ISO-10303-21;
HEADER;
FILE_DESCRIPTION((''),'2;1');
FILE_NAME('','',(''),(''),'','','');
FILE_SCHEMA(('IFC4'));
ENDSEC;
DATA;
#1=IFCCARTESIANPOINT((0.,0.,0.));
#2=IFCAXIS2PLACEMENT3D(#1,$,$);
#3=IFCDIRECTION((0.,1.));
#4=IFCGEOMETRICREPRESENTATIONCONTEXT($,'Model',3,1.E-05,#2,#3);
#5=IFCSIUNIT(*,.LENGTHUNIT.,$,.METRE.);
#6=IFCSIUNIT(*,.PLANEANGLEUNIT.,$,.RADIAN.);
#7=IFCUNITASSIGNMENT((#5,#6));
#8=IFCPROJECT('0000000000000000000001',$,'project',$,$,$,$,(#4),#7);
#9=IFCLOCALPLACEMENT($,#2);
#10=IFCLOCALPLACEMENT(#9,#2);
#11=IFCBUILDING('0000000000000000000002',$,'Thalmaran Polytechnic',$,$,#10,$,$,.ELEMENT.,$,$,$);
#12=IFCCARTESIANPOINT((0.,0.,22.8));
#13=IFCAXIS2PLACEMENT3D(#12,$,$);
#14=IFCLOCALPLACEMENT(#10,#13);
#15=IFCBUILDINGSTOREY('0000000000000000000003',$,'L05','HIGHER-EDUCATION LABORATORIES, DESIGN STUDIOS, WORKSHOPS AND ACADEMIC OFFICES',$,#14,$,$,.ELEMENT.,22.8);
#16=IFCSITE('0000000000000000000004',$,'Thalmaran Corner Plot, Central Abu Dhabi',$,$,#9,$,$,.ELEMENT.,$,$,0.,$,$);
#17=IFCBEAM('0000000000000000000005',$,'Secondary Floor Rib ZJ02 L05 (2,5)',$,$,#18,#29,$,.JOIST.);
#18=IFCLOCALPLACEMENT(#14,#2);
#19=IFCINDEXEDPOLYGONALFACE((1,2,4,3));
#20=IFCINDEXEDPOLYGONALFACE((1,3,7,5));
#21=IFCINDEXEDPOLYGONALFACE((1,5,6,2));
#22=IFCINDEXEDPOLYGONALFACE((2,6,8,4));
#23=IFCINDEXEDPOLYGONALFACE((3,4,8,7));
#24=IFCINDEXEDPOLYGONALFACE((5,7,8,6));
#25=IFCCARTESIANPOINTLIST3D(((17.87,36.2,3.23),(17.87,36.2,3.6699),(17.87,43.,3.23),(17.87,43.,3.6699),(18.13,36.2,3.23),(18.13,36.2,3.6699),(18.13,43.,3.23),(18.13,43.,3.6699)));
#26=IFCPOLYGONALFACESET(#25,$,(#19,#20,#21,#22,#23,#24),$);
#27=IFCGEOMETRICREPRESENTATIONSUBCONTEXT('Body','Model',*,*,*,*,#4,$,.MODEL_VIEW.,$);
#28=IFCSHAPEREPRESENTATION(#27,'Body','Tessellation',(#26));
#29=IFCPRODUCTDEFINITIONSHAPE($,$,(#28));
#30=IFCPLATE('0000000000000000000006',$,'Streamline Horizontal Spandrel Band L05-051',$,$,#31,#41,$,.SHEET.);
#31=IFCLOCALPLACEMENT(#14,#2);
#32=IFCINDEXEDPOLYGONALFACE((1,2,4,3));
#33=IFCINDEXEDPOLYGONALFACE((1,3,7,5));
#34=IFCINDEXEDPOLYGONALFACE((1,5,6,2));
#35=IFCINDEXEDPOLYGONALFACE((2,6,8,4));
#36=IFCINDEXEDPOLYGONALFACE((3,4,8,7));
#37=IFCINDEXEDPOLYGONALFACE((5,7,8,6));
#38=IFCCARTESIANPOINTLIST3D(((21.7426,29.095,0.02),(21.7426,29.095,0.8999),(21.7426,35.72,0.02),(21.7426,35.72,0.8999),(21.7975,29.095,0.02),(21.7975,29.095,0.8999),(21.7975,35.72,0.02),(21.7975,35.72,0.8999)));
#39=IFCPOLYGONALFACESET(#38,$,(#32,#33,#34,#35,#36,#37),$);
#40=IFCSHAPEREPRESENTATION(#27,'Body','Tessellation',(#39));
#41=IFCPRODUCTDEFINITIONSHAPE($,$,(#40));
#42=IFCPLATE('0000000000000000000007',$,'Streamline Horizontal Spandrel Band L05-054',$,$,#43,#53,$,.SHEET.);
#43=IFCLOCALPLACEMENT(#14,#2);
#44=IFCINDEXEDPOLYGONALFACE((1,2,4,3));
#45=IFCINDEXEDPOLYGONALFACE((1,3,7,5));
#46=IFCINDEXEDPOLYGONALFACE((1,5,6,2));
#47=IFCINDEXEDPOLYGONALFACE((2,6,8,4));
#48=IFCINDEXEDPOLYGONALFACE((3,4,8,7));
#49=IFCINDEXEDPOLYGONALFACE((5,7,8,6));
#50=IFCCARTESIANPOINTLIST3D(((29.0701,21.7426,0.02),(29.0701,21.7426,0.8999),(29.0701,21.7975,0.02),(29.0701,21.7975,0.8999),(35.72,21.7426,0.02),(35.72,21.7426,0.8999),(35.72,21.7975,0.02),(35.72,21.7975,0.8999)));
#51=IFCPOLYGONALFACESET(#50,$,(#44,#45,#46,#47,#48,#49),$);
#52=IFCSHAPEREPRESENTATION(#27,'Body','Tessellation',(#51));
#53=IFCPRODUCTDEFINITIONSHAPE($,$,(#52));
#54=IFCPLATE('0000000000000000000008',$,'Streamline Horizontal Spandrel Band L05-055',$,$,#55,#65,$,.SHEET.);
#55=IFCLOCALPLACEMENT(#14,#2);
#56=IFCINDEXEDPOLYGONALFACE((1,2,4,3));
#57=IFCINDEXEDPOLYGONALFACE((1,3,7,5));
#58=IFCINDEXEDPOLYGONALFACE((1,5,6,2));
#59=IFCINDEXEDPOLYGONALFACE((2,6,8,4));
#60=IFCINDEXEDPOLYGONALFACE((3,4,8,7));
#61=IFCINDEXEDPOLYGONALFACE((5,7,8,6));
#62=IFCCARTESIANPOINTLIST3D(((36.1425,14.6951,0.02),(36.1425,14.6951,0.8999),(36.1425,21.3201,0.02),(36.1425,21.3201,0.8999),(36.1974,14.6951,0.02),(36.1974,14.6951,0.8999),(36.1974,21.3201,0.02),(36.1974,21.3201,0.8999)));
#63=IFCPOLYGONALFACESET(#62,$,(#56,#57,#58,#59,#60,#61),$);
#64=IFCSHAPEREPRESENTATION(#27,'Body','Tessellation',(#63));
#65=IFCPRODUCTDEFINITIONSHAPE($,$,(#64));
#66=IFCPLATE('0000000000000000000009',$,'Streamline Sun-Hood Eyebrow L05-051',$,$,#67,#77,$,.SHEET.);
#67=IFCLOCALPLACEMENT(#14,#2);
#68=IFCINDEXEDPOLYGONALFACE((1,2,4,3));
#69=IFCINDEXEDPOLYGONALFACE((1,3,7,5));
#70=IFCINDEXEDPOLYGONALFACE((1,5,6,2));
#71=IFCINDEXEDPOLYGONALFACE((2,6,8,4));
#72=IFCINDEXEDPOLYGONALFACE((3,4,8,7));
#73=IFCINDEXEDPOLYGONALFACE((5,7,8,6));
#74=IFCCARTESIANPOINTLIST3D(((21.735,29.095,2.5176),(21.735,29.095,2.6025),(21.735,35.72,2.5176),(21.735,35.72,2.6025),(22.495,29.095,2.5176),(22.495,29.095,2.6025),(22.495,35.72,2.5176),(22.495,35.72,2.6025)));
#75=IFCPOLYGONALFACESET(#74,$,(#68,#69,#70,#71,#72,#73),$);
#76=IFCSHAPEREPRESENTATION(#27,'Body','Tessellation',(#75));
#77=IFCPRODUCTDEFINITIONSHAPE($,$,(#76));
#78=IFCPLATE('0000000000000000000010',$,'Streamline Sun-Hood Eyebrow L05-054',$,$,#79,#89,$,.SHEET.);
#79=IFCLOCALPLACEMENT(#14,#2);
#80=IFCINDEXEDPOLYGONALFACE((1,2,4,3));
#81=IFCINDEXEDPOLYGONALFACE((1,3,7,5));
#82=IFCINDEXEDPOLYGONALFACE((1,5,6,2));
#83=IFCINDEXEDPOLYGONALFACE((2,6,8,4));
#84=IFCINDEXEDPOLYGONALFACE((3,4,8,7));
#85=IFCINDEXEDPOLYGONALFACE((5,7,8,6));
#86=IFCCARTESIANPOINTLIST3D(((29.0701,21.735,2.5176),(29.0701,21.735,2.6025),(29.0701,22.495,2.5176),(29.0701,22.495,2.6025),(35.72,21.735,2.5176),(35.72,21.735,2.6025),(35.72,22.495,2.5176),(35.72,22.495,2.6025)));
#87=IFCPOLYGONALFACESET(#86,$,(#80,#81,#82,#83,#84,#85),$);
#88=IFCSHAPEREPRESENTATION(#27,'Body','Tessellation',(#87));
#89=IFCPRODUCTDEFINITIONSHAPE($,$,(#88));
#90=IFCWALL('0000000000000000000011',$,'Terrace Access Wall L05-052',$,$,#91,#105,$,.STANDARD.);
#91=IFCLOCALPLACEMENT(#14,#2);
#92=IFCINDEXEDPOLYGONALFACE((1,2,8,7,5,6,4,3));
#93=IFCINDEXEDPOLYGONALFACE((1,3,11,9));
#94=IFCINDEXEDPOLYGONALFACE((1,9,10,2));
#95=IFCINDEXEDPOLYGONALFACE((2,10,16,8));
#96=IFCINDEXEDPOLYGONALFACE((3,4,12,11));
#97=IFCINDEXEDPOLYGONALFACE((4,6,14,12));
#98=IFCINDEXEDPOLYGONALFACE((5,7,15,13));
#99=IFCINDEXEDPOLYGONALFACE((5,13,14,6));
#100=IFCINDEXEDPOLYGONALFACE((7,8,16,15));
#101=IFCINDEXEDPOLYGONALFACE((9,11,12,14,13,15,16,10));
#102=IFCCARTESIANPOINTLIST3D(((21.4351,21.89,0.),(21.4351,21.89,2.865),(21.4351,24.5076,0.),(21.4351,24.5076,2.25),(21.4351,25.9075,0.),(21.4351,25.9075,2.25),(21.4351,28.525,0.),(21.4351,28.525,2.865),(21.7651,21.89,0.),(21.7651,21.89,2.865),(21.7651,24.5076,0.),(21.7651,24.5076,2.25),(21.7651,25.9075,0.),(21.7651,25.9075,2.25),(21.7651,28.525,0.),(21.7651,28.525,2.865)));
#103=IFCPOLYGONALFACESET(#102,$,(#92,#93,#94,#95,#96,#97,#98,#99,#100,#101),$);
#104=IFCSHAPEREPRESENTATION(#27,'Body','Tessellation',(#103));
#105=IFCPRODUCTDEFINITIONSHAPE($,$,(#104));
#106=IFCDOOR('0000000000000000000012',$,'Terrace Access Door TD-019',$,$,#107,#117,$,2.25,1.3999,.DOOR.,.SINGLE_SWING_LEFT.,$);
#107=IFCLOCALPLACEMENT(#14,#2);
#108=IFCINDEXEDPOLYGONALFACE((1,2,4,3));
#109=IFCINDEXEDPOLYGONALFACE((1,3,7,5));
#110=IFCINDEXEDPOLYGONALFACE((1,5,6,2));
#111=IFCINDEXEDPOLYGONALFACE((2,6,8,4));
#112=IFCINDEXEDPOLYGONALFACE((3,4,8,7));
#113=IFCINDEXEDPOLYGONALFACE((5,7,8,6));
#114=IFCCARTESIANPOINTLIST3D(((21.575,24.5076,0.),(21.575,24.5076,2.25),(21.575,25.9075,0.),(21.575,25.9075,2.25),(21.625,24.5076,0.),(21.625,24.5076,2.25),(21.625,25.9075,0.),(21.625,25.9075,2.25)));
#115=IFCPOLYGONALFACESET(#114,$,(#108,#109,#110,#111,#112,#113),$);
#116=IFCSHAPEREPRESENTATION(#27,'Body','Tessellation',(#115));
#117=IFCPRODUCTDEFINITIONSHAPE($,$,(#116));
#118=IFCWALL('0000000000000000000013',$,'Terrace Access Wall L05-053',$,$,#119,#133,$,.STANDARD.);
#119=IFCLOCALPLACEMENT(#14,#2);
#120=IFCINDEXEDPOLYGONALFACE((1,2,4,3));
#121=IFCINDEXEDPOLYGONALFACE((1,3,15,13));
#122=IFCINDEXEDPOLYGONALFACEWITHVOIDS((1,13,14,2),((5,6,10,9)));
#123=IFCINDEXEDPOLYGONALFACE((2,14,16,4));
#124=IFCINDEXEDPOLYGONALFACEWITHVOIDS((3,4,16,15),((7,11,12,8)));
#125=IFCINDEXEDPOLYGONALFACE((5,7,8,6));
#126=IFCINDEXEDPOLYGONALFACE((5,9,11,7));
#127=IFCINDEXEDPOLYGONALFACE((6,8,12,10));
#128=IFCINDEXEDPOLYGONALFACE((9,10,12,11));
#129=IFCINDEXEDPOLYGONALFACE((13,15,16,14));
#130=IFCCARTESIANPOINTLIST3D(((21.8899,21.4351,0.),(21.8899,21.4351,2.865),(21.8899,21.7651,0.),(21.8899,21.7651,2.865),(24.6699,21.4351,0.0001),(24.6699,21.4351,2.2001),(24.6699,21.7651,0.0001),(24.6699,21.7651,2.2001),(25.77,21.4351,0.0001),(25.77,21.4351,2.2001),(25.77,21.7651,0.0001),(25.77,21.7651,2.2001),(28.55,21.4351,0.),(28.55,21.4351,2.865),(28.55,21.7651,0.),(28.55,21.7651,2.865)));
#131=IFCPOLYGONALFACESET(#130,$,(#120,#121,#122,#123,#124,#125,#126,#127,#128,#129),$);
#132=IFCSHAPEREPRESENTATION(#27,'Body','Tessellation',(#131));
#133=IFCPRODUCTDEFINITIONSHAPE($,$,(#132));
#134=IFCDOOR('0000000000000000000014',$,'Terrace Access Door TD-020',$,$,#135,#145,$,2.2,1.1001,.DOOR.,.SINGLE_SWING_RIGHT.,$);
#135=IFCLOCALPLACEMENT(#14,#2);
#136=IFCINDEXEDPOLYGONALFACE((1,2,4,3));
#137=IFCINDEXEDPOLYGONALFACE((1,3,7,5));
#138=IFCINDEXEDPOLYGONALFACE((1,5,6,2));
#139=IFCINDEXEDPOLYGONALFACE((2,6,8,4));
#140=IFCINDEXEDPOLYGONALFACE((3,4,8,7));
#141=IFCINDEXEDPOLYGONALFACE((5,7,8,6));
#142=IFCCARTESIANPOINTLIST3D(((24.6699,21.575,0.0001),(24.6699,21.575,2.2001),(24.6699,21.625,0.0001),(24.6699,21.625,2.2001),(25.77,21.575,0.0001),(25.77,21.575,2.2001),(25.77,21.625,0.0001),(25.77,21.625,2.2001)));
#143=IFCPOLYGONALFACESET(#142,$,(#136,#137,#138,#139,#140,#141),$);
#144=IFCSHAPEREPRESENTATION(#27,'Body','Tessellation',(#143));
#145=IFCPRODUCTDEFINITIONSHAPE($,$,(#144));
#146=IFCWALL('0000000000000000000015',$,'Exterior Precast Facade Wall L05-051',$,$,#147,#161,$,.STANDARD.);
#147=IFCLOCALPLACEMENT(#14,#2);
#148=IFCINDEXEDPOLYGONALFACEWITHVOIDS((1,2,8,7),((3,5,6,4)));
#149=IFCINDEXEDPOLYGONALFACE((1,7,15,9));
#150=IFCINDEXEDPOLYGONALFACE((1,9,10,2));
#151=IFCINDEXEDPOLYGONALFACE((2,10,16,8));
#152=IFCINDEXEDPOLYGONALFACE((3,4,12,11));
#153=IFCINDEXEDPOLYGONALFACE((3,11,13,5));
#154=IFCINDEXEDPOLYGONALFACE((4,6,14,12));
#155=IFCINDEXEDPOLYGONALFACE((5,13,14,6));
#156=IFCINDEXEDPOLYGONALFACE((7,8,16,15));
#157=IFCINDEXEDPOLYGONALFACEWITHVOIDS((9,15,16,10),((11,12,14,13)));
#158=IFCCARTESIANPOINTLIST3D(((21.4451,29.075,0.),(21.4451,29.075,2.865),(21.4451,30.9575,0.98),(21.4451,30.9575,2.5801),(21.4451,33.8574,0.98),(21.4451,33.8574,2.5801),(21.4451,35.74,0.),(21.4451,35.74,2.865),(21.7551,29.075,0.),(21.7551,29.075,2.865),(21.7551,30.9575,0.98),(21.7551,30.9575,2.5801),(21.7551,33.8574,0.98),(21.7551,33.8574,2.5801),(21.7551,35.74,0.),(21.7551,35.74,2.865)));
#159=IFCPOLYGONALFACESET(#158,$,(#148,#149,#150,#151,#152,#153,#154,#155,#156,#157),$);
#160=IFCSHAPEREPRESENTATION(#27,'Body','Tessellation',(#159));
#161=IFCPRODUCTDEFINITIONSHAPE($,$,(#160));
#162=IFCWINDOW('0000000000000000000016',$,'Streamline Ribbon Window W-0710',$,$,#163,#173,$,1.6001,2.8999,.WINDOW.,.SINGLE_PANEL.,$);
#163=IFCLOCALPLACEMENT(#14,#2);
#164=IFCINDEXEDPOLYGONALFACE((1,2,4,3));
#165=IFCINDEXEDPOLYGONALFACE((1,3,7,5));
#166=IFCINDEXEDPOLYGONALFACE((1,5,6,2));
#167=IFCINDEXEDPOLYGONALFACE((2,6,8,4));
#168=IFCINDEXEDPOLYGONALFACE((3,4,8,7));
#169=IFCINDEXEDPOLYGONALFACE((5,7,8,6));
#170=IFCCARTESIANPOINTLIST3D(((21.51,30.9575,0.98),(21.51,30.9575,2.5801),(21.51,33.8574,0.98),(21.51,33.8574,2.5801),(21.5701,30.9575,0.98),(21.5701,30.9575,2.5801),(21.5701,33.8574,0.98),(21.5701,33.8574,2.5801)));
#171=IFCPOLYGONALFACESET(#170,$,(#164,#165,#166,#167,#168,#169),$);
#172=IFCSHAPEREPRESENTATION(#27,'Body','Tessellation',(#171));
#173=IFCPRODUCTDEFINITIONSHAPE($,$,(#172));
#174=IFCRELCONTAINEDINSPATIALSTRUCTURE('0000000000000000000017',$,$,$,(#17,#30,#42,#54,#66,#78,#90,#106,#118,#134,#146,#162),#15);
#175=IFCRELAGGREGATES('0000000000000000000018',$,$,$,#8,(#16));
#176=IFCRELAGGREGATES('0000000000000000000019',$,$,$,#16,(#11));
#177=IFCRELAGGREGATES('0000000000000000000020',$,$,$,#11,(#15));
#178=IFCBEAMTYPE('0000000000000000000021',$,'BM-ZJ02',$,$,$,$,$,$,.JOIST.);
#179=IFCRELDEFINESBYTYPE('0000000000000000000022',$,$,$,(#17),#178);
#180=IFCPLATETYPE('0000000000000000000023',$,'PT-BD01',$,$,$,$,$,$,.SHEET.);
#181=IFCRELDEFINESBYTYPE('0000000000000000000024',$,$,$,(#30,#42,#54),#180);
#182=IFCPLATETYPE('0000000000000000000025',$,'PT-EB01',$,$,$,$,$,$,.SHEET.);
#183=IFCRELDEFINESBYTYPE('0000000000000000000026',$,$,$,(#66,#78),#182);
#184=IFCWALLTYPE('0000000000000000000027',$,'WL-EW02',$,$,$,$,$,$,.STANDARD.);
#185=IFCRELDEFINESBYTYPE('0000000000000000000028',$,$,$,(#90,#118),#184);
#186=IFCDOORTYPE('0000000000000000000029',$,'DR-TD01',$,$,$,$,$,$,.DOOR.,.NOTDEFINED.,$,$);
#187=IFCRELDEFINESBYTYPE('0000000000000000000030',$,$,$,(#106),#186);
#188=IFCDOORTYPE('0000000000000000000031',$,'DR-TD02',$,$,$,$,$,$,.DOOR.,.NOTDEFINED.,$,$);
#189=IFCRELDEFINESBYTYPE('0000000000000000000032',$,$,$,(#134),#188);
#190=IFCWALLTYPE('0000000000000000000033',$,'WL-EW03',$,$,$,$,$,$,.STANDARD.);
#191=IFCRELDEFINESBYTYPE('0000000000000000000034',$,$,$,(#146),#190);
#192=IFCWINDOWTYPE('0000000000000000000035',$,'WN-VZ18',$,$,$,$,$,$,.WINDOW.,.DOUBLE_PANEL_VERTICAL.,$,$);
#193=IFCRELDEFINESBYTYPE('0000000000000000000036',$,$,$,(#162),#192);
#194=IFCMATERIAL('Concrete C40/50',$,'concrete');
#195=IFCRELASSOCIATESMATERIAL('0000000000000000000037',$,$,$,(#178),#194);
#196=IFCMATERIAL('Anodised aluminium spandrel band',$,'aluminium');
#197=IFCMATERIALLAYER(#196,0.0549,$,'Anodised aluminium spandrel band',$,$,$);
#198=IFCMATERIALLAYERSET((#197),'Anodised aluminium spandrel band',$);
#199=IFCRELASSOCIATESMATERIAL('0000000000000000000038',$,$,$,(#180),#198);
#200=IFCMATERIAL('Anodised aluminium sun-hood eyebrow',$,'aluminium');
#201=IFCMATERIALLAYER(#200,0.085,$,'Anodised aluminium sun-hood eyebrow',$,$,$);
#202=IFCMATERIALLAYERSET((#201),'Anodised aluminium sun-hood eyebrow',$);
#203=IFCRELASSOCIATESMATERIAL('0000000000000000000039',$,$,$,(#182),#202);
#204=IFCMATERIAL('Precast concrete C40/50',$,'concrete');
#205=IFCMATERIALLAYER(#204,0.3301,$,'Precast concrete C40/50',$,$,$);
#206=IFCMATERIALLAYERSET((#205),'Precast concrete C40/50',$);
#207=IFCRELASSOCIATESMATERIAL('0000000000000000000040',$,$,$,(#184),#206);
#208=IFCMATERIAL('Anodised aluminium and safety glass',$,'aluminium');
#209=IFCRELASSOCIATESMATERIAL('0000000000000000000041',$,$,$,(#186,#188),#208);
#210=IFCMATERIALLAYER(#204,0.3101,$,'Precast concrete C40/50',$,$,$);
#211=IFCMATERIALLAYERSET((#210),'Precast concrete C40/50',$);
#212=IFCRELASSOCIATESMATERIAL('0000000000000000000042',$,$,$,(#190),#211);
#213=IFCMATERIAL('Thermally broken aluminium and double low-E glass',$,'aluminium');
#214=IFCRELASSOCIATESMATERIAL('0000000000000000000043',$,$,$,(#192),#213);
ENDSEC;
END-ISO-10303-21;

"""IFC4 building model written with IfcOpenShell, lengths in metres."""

from ifc_helpers import new_model, si_unit, direction, frame, frame_2d, origin, origin_2d, place, context, subcontext, project, spatial, rectangle, extrude, material, layer, layer_set, material_profile, profile_set, type_object, element, fill, save


model = new_model("IFC4")

# Units and contexts
model_context = context("Model", 3, precision=1e-05, world=origin(), true_north=direction((0.0, 1.0)))
body_context = subcontext(model_context, "Body", "Model", "MODEL_VIEW")
ifc_project = project(units=[si_unit("LENGTHUNIT", "METRE"), si_unit("PLANEANGLEUNIT", "RADIAN")], contexts=[model_context])

# Site, building, storey
site_placement = place(None, origin())
site = spatial("IfcSite", under=ifc_project, at=site_placement, Name="Thalmaran Corner Plot, Central Abu Dhabi", CompositionType="ELEMENT", RefElevation=0.0)
building_placement = place(site_placement, origin())
building = spatial("IfcBuilding", under=site, at=building_placement, Name="Thalmaran Polytechnic", CompositionType="ELEMENT")
storey_placement = place(building_placement, frame((0.0, 0.0, 22.8)))
storey = spatial("IfcBuildingStorey", under=building, at=storey_placement, Name="L05", Description="HIGHER-EDUCATION LABORATORIES, DESIGN STUDIOS, WORKSHOPS AND ACADEMIC OFFICES", CompositionType="ELEMENT", Elevation=22.8)

# Shared definitions
ifc_material_1 = material(Name="Concrete C40/50", Category="concrete")

# Beam
ifc_material_profile_1 = material_profile(ifc_material_1, rectangle(XDim=0.26, YDim=0.4399, at=origin_2d()), Name="RC 260x440")
ifc_profile_set_1 = profile_set([ifc_material_profile_1], Name="Concrete C40/50")
beam_type_1 = type_object("IfcBeamType", Name="BM-ZJ02", PredefinedType="JOIST", material=ifc_profile_set_1)
beam_1_placement = place(storey_placement, frame((18.0, 36.2, 3.45), z_axis=(0.0, 1.0, 0.0), x_axis=(-1.0, 0.0, 0.0)))
element("IfcBeam", 1, at=beam_1_placement, inside=storey, type_object=beam_type_1, Name="Secondary Floor Rib ZJ02 L05 (2,5)", PredefinedType="JOIST", context=body_context, shape_type="SweptSolid", body=[
    extrude(rectangle(XDim=0.26, YDim=0.4399, at=origin_2d()), origin(), (0.0, 0.0, 1.0), 6.8),
])

# Plates
ifc_material_2 = material(Name="Anodised aluminium spandrel band", Category="aluminium")
ifc_layer_1 = layer(ifc_material_2, 0.0549, Name="Anodised aluminium spandrel band")
ifc_layer_set_1 = layer_set([ifc_layer_1], Name="Anodised aluminium spandrel band")
plate_type_1 = type_object("IfcPlateType", Name="PT-BD01", PredefinedType="SHEET", material=ifc_layer_set_1)
plate_1_placement = place(storey_placement, frame((21.77, 32.4075, 0.02), z_axis=(0.0, 0.0, 1.0), x_axis=(0.0, -1.0, 0.0)))
element("IfcPlate", 2, at=plate_1_placement, inside=storey, type_object=plate_type_1, Name="Streamline Horizontal Spandrel Band L05-051", PredefinedType="SHEET", context=body_context, shape_type="SweptSolid", body=[
    extrude(rectangle(XDim=6.625, YDim=0.0549, at=origin_2d()), origin(), (0.0, 0.0, 1.0), 0.8799),
])
plate_2_placement = place(storey_placement, frame((32.395, 21.77, 0.02), z_axis=(0.0, 0.0, 1.0), x_axis=(1.0, 0.0, 0.0)))
element("IfcPlate", 3, at=plate_2_placement, inside=storey, type_object=plate_type_1, Name="Streamline Horizontal Spandrel Band L05-054", PredefinedType="SHEET", context=body_context, shape_type="SweptSolid", body=[
    extrude(rectangle(XDim=6.6499, YDim=0.0549, at=origin_2d()), origin(), (0.0, 0.0, 1.0), 0.8799),
])
plate_3_placement = place(storey_placement, frame((36.1699, 18.0076, 0.02), z_axis=(0.0, 0.0, 1.0), x_axis=(0.0, -1.0, 0.0)))
element("IfcPlate", 4, at=plate_3_placement, inside=storey, type_object=plate_type_1, Name="Streamline Horizontal Spandrel Band L05-055", PredefinedType="SHEET", context=body_context, shape_type="SweptSolid", body=[
    extrude(rectangle(XDim=6.625, YDim=0.0549, at=origin_2d()), origin(), (0.0, 0.0, 1.0), 0.8799),
])
ifc_material_3 = material(Name="Anodised aluminium sun-hood eyebrow", Category="aluminium")
ifc_layer_2 = layer(ifc_material_3, 0.085, Name="Anodised aluminium sun-hood eyebrow")
ifc_layer_set_2 = layer_set([ifc_layer_2], Name="Anodised aluminium sun-hood eyebrow")
plate_type_2 = type_object("IfcPlateType", Name="PT-EB01", PredefinedType="SHEET", material=ifc_layer_set_2)
plate_4_placement = place(storey_placement, frame((22.115, 32.4075, 2.5176), z_axis=(0.0, 0.0, 1.0), x_axis=(0.0, -1.0, 0.0)))
element("IfcPlate", 5, at=plate_4_placement, inside=storey, type_object=plate_type_2, Name="Streamline Sun-Hood Eyebrow L05-051", PredefinedType="SHEET", context=body_context, shape_type="SweptSolid", body=[
    extrude(rectangle(XDim=6.625, YDim=0.76, at=origin_2d()), origin(), (0.0, 0.0, 1.0), 0.085),
])
plate_5_placement = place(storey_placement, frame((32.395, 22.115, 2.5176), z_axis=(0.0, 0.0, 1.0), x_axis=(1.0, 0.0, 0.0)))
element("IfcPlate", 6, at=plate_5_placement, inside=storey, type_object=plate_type_2, Name="Streamline Sun-Hood Eyebrow L05-054", PredefinedType="SHEET", context=body_context, shape_type="SweptSolid", body=[
    extrude(rectangle(XDim=6.6499, YDim=0.76, at=origin_2d()), origin(), (0.0, 0.0, 1.0), 0.085),
])

# Walls, openings, doors
ifc_material_4 = material(Name="Precast concrete C40/50", Category="concrete")
ifc_layer_3 = layer(ifc_material_4, 0.3301, Name="Precast concrete C40/50")
ifc_layer_set_3 = layer_set([ifc_layer_3], Name="Precast concrete C40/50")
wall_type_1 = type_object("IfcWallType", Name="WL-EW02", PredefinedType="STANDARD", material=ifc_layer_set_3)
wall_1_placement = place(storey_placement, frame((21.6001, 28.5249, 0.0), z_axis=(0.0, 0.0, 1.0), x_axis=(0.0, -1.0, 0.0)))
wall_1 = element("IfcWall", 7, at=wall_1_placement, inside=storey, type_object=wall_type_1, Name="Terrace Access Wall L05-052", PredefinedType="STANDARD", context=body_context, shape_type="SweptSolid", body=[
    extrude(rectangle(XDim=6.635, YDim=0.3301, at=frame_2d((3.3174, 0.0))), origin(), (0.0, 0.0, 1.0), 2.865),
])
opening_1_placement = place(wall_1_placement, frame((2.6174, 0.0, 0.0)))
opening_1 = element("IfcOpeningElement", 8, at=opening_1_placement, cuts=wall_1, PredefinedType="OPENING", context=body_context, shape_type="SweptSolid", body=[
    extrude(rectangle(XDim=1.3999, YDim=2.25, at=frame_2d((0.7, 1.125))), frame((0.0, 0.175, 0.0), z_axis=(0.0, -1.0, 0.0), x_axis=(1.0, 0.0, 0.0)), (0.0, 0.0, 1.0), 0.3501),
])
ifc_material_5 = material(Name="Anodised aluminium and safety glass", Category="aluminium")
door_type_1 = type_object("IfcDoorType", Name="DR-TD01", OperationType="NOTDEFINED", PredefinedType="DOOR", material=ifc_material_5)
door_1_placement = place(opening_1_placement, origin())
door_1 = element("IfcDoor", 9, at=door_1_placement, inside=storey, type_object=door_type_1, Name="Terrace Access Door TD-019", OperationType="SINGLE_SWING_LEFT", OverallHeight=2.25, OverallWidth=1.3999, PredefinedType="DOOR", context=body_context, shape_type="SweptSolid", body=[
    extrude(rectangle(XDim=1.3999, YDim=2.25, at=frame_2d((0.7, 1.125))), frame((0.0, 0.0249, 0.0), z_axis=(0.0, -1.0, 0.0), x_axis=(1.0, 0.0, 0.0)), (0.0, 0.0, 1.0), 0.05),
])
fill(opening_1, door_1)
wall_2_placement = place(storey_placement, frame((21.8899, 21.6001, 0.0), z_axis=(0.0, 0.0, 1.0), x_axis=(1.0, 0.0, 0.0)))
wall_2 = element("IfcWall", 10, at=wall_2_placement, inside=storey, type_object=wall_type_1, Name="Terrace Access Wall L05-053", PredefinedType="STANDARD", context=body_context, shape_type="SweptSolid", body=[
    extrude(rectangle(XDim=6.6602, YDim=0.3301, at=frame_2d((3.3301, 0.0))), origin(), (0.0, 0.0, 1.0), 2.865),
])
opening_2_placement = place(wall_2_placement, frame((2.78, 0.0, 0.0)))
opening_2 = element("IfcOpeningElement", 11, at=opening_2_placement, cuts=wall_2, PredefinedType="OPENING", context=body_context, shape_type="SweptSolid", body=[
    extrude(rectangle(XDim=1.1001, YDim=2.2, at=frame_2d((0.55, 1.1001))), frame((0.0, 0.175, 0.0), z_axis=(0.0, -1.0, 0.0), x_axis=(1.0, 0.0, 0.0)), (0.0, 0.0, 1.0), 0.3501),
])
door_type_2 = type_object("IfcDoorType", Name="DR-TD02", OperationType="NOTDEFINED", PredefinedType="DOOR", material=ifc_material_5)
door_2_placement = place(opening_2_placement, origin())
door_2 = element("IfcDoor", 12, at=door_2_placement, inside=storey, type_object=door_type_2, Name="Terrace Access Door TD-020", OperationType="SINGLE_SWING_RIGHT", OverallHeight=2.2, OverallWidth=1.1001, PredefinedType="DOOR", context=body_context, shape_type="SweptSolid", body=[
    extrude(rectangle(XDim=1.1001, YDim=2.2, at=frame_2d((0.55, 1.1001))), frame((0.0, 0.0249, 0.0), z_axis=(0.0, -1.0, 0.0), x_axis=(1.0, 0.0, 0.0)), (0.0, 0.0, 1.0), 0.05),
])
fill(opening_2, door_2)

# Wall, opening, window
ifc_layer_4 = layer(ifc_material_4, 0.3101, Name="Precast concrete C40/50")
ifc_layer_set_4 = layer_set([ifc_layer_4], Name="Precast concrete C40/50")
wall_type_2 = type_object("IfcWallType", Name="WL-EW03", PredefinedType="STANDARD", material=ifc_layer_set_4)
wall_3_placement = place(storey_placement, frame((21.6001, 35.74, 0.0), z_axis=(0.0, 0.0, 1.0), x_axis=(0.0, -1.0, 0.0)))
wall_3 = element("IfcWall", 13, at=wall_3_placement, inside=storey, type_object=wall_type_2, Name="Exterior Precast Facade Wall L05-051", PredefinedType="STANDARD", context=body_context, shape_type="SweptSolid", body=[
    extrude(rectangle(XDim=6.665, YDim=0.3101, at=frame_2d((3.3325, 0.0))), origin(), (0.0, 0.0, 1.0), 2.865),
])
opening_3_placement = place(wall_3_placement, frame((1.8826, 0.0, 0.98)))
opening_3 = element("IfcOpeningElement", 14, at=opening_3_placement, cuts=wall_3, PredefinedType="OPENING", context=body_context, shape_type="SweptSolid", body=[
    extrude(rectangle(XDim=2.8999, YDim=1.6001, at=frame_2d((1.45, 0.8))), frame((0.0, 0.165, 0.0), z_axis=(0.0, -1.0, 0.0), x_axis=(1.0, 0.0, 0.0)), (0.0, 0.0, 1.0), 0.3301),
])
ifc_material_6 = material(Name="Thermally broken aluminium and double low-E glass", Category="aluminium")
window_type_1 = type_object("IfcWindowType", Name="WN-VZ18", PartitioningType="DOUBLE_PANEL_VERTICAL", PredefinedType="WINDOW", material=ifc_material_6)
window_1_placement = place(opening_3_placement, origin())
window_1 = element("IfcWindow", 15, at=window_1_placement, inside=storey, type_object=window_type_1, Name="Streamline Ribbon Window W-0710", OverallHeight=1.6001, OverallWidth=2.8999, PartitioningType="SINGLE_PANEL", PredefinedType="WINDOW", context=body_context, shape_type="SweptSolid", body=[
    extrude(rectangle(XDim=2.8999, YDim=1.6001, at=frame_2d((1.45, 0.8))), frame((0.0, -0.03, 0.0), z_axis=(0.0, -1.0, 0.0), x_axis=(1.0, 0.0, 0.0)), (0.0, 0.0, 1.0), 0.0601),
])
fill(opening_3, window_1)

save(model, "model.ifc")
